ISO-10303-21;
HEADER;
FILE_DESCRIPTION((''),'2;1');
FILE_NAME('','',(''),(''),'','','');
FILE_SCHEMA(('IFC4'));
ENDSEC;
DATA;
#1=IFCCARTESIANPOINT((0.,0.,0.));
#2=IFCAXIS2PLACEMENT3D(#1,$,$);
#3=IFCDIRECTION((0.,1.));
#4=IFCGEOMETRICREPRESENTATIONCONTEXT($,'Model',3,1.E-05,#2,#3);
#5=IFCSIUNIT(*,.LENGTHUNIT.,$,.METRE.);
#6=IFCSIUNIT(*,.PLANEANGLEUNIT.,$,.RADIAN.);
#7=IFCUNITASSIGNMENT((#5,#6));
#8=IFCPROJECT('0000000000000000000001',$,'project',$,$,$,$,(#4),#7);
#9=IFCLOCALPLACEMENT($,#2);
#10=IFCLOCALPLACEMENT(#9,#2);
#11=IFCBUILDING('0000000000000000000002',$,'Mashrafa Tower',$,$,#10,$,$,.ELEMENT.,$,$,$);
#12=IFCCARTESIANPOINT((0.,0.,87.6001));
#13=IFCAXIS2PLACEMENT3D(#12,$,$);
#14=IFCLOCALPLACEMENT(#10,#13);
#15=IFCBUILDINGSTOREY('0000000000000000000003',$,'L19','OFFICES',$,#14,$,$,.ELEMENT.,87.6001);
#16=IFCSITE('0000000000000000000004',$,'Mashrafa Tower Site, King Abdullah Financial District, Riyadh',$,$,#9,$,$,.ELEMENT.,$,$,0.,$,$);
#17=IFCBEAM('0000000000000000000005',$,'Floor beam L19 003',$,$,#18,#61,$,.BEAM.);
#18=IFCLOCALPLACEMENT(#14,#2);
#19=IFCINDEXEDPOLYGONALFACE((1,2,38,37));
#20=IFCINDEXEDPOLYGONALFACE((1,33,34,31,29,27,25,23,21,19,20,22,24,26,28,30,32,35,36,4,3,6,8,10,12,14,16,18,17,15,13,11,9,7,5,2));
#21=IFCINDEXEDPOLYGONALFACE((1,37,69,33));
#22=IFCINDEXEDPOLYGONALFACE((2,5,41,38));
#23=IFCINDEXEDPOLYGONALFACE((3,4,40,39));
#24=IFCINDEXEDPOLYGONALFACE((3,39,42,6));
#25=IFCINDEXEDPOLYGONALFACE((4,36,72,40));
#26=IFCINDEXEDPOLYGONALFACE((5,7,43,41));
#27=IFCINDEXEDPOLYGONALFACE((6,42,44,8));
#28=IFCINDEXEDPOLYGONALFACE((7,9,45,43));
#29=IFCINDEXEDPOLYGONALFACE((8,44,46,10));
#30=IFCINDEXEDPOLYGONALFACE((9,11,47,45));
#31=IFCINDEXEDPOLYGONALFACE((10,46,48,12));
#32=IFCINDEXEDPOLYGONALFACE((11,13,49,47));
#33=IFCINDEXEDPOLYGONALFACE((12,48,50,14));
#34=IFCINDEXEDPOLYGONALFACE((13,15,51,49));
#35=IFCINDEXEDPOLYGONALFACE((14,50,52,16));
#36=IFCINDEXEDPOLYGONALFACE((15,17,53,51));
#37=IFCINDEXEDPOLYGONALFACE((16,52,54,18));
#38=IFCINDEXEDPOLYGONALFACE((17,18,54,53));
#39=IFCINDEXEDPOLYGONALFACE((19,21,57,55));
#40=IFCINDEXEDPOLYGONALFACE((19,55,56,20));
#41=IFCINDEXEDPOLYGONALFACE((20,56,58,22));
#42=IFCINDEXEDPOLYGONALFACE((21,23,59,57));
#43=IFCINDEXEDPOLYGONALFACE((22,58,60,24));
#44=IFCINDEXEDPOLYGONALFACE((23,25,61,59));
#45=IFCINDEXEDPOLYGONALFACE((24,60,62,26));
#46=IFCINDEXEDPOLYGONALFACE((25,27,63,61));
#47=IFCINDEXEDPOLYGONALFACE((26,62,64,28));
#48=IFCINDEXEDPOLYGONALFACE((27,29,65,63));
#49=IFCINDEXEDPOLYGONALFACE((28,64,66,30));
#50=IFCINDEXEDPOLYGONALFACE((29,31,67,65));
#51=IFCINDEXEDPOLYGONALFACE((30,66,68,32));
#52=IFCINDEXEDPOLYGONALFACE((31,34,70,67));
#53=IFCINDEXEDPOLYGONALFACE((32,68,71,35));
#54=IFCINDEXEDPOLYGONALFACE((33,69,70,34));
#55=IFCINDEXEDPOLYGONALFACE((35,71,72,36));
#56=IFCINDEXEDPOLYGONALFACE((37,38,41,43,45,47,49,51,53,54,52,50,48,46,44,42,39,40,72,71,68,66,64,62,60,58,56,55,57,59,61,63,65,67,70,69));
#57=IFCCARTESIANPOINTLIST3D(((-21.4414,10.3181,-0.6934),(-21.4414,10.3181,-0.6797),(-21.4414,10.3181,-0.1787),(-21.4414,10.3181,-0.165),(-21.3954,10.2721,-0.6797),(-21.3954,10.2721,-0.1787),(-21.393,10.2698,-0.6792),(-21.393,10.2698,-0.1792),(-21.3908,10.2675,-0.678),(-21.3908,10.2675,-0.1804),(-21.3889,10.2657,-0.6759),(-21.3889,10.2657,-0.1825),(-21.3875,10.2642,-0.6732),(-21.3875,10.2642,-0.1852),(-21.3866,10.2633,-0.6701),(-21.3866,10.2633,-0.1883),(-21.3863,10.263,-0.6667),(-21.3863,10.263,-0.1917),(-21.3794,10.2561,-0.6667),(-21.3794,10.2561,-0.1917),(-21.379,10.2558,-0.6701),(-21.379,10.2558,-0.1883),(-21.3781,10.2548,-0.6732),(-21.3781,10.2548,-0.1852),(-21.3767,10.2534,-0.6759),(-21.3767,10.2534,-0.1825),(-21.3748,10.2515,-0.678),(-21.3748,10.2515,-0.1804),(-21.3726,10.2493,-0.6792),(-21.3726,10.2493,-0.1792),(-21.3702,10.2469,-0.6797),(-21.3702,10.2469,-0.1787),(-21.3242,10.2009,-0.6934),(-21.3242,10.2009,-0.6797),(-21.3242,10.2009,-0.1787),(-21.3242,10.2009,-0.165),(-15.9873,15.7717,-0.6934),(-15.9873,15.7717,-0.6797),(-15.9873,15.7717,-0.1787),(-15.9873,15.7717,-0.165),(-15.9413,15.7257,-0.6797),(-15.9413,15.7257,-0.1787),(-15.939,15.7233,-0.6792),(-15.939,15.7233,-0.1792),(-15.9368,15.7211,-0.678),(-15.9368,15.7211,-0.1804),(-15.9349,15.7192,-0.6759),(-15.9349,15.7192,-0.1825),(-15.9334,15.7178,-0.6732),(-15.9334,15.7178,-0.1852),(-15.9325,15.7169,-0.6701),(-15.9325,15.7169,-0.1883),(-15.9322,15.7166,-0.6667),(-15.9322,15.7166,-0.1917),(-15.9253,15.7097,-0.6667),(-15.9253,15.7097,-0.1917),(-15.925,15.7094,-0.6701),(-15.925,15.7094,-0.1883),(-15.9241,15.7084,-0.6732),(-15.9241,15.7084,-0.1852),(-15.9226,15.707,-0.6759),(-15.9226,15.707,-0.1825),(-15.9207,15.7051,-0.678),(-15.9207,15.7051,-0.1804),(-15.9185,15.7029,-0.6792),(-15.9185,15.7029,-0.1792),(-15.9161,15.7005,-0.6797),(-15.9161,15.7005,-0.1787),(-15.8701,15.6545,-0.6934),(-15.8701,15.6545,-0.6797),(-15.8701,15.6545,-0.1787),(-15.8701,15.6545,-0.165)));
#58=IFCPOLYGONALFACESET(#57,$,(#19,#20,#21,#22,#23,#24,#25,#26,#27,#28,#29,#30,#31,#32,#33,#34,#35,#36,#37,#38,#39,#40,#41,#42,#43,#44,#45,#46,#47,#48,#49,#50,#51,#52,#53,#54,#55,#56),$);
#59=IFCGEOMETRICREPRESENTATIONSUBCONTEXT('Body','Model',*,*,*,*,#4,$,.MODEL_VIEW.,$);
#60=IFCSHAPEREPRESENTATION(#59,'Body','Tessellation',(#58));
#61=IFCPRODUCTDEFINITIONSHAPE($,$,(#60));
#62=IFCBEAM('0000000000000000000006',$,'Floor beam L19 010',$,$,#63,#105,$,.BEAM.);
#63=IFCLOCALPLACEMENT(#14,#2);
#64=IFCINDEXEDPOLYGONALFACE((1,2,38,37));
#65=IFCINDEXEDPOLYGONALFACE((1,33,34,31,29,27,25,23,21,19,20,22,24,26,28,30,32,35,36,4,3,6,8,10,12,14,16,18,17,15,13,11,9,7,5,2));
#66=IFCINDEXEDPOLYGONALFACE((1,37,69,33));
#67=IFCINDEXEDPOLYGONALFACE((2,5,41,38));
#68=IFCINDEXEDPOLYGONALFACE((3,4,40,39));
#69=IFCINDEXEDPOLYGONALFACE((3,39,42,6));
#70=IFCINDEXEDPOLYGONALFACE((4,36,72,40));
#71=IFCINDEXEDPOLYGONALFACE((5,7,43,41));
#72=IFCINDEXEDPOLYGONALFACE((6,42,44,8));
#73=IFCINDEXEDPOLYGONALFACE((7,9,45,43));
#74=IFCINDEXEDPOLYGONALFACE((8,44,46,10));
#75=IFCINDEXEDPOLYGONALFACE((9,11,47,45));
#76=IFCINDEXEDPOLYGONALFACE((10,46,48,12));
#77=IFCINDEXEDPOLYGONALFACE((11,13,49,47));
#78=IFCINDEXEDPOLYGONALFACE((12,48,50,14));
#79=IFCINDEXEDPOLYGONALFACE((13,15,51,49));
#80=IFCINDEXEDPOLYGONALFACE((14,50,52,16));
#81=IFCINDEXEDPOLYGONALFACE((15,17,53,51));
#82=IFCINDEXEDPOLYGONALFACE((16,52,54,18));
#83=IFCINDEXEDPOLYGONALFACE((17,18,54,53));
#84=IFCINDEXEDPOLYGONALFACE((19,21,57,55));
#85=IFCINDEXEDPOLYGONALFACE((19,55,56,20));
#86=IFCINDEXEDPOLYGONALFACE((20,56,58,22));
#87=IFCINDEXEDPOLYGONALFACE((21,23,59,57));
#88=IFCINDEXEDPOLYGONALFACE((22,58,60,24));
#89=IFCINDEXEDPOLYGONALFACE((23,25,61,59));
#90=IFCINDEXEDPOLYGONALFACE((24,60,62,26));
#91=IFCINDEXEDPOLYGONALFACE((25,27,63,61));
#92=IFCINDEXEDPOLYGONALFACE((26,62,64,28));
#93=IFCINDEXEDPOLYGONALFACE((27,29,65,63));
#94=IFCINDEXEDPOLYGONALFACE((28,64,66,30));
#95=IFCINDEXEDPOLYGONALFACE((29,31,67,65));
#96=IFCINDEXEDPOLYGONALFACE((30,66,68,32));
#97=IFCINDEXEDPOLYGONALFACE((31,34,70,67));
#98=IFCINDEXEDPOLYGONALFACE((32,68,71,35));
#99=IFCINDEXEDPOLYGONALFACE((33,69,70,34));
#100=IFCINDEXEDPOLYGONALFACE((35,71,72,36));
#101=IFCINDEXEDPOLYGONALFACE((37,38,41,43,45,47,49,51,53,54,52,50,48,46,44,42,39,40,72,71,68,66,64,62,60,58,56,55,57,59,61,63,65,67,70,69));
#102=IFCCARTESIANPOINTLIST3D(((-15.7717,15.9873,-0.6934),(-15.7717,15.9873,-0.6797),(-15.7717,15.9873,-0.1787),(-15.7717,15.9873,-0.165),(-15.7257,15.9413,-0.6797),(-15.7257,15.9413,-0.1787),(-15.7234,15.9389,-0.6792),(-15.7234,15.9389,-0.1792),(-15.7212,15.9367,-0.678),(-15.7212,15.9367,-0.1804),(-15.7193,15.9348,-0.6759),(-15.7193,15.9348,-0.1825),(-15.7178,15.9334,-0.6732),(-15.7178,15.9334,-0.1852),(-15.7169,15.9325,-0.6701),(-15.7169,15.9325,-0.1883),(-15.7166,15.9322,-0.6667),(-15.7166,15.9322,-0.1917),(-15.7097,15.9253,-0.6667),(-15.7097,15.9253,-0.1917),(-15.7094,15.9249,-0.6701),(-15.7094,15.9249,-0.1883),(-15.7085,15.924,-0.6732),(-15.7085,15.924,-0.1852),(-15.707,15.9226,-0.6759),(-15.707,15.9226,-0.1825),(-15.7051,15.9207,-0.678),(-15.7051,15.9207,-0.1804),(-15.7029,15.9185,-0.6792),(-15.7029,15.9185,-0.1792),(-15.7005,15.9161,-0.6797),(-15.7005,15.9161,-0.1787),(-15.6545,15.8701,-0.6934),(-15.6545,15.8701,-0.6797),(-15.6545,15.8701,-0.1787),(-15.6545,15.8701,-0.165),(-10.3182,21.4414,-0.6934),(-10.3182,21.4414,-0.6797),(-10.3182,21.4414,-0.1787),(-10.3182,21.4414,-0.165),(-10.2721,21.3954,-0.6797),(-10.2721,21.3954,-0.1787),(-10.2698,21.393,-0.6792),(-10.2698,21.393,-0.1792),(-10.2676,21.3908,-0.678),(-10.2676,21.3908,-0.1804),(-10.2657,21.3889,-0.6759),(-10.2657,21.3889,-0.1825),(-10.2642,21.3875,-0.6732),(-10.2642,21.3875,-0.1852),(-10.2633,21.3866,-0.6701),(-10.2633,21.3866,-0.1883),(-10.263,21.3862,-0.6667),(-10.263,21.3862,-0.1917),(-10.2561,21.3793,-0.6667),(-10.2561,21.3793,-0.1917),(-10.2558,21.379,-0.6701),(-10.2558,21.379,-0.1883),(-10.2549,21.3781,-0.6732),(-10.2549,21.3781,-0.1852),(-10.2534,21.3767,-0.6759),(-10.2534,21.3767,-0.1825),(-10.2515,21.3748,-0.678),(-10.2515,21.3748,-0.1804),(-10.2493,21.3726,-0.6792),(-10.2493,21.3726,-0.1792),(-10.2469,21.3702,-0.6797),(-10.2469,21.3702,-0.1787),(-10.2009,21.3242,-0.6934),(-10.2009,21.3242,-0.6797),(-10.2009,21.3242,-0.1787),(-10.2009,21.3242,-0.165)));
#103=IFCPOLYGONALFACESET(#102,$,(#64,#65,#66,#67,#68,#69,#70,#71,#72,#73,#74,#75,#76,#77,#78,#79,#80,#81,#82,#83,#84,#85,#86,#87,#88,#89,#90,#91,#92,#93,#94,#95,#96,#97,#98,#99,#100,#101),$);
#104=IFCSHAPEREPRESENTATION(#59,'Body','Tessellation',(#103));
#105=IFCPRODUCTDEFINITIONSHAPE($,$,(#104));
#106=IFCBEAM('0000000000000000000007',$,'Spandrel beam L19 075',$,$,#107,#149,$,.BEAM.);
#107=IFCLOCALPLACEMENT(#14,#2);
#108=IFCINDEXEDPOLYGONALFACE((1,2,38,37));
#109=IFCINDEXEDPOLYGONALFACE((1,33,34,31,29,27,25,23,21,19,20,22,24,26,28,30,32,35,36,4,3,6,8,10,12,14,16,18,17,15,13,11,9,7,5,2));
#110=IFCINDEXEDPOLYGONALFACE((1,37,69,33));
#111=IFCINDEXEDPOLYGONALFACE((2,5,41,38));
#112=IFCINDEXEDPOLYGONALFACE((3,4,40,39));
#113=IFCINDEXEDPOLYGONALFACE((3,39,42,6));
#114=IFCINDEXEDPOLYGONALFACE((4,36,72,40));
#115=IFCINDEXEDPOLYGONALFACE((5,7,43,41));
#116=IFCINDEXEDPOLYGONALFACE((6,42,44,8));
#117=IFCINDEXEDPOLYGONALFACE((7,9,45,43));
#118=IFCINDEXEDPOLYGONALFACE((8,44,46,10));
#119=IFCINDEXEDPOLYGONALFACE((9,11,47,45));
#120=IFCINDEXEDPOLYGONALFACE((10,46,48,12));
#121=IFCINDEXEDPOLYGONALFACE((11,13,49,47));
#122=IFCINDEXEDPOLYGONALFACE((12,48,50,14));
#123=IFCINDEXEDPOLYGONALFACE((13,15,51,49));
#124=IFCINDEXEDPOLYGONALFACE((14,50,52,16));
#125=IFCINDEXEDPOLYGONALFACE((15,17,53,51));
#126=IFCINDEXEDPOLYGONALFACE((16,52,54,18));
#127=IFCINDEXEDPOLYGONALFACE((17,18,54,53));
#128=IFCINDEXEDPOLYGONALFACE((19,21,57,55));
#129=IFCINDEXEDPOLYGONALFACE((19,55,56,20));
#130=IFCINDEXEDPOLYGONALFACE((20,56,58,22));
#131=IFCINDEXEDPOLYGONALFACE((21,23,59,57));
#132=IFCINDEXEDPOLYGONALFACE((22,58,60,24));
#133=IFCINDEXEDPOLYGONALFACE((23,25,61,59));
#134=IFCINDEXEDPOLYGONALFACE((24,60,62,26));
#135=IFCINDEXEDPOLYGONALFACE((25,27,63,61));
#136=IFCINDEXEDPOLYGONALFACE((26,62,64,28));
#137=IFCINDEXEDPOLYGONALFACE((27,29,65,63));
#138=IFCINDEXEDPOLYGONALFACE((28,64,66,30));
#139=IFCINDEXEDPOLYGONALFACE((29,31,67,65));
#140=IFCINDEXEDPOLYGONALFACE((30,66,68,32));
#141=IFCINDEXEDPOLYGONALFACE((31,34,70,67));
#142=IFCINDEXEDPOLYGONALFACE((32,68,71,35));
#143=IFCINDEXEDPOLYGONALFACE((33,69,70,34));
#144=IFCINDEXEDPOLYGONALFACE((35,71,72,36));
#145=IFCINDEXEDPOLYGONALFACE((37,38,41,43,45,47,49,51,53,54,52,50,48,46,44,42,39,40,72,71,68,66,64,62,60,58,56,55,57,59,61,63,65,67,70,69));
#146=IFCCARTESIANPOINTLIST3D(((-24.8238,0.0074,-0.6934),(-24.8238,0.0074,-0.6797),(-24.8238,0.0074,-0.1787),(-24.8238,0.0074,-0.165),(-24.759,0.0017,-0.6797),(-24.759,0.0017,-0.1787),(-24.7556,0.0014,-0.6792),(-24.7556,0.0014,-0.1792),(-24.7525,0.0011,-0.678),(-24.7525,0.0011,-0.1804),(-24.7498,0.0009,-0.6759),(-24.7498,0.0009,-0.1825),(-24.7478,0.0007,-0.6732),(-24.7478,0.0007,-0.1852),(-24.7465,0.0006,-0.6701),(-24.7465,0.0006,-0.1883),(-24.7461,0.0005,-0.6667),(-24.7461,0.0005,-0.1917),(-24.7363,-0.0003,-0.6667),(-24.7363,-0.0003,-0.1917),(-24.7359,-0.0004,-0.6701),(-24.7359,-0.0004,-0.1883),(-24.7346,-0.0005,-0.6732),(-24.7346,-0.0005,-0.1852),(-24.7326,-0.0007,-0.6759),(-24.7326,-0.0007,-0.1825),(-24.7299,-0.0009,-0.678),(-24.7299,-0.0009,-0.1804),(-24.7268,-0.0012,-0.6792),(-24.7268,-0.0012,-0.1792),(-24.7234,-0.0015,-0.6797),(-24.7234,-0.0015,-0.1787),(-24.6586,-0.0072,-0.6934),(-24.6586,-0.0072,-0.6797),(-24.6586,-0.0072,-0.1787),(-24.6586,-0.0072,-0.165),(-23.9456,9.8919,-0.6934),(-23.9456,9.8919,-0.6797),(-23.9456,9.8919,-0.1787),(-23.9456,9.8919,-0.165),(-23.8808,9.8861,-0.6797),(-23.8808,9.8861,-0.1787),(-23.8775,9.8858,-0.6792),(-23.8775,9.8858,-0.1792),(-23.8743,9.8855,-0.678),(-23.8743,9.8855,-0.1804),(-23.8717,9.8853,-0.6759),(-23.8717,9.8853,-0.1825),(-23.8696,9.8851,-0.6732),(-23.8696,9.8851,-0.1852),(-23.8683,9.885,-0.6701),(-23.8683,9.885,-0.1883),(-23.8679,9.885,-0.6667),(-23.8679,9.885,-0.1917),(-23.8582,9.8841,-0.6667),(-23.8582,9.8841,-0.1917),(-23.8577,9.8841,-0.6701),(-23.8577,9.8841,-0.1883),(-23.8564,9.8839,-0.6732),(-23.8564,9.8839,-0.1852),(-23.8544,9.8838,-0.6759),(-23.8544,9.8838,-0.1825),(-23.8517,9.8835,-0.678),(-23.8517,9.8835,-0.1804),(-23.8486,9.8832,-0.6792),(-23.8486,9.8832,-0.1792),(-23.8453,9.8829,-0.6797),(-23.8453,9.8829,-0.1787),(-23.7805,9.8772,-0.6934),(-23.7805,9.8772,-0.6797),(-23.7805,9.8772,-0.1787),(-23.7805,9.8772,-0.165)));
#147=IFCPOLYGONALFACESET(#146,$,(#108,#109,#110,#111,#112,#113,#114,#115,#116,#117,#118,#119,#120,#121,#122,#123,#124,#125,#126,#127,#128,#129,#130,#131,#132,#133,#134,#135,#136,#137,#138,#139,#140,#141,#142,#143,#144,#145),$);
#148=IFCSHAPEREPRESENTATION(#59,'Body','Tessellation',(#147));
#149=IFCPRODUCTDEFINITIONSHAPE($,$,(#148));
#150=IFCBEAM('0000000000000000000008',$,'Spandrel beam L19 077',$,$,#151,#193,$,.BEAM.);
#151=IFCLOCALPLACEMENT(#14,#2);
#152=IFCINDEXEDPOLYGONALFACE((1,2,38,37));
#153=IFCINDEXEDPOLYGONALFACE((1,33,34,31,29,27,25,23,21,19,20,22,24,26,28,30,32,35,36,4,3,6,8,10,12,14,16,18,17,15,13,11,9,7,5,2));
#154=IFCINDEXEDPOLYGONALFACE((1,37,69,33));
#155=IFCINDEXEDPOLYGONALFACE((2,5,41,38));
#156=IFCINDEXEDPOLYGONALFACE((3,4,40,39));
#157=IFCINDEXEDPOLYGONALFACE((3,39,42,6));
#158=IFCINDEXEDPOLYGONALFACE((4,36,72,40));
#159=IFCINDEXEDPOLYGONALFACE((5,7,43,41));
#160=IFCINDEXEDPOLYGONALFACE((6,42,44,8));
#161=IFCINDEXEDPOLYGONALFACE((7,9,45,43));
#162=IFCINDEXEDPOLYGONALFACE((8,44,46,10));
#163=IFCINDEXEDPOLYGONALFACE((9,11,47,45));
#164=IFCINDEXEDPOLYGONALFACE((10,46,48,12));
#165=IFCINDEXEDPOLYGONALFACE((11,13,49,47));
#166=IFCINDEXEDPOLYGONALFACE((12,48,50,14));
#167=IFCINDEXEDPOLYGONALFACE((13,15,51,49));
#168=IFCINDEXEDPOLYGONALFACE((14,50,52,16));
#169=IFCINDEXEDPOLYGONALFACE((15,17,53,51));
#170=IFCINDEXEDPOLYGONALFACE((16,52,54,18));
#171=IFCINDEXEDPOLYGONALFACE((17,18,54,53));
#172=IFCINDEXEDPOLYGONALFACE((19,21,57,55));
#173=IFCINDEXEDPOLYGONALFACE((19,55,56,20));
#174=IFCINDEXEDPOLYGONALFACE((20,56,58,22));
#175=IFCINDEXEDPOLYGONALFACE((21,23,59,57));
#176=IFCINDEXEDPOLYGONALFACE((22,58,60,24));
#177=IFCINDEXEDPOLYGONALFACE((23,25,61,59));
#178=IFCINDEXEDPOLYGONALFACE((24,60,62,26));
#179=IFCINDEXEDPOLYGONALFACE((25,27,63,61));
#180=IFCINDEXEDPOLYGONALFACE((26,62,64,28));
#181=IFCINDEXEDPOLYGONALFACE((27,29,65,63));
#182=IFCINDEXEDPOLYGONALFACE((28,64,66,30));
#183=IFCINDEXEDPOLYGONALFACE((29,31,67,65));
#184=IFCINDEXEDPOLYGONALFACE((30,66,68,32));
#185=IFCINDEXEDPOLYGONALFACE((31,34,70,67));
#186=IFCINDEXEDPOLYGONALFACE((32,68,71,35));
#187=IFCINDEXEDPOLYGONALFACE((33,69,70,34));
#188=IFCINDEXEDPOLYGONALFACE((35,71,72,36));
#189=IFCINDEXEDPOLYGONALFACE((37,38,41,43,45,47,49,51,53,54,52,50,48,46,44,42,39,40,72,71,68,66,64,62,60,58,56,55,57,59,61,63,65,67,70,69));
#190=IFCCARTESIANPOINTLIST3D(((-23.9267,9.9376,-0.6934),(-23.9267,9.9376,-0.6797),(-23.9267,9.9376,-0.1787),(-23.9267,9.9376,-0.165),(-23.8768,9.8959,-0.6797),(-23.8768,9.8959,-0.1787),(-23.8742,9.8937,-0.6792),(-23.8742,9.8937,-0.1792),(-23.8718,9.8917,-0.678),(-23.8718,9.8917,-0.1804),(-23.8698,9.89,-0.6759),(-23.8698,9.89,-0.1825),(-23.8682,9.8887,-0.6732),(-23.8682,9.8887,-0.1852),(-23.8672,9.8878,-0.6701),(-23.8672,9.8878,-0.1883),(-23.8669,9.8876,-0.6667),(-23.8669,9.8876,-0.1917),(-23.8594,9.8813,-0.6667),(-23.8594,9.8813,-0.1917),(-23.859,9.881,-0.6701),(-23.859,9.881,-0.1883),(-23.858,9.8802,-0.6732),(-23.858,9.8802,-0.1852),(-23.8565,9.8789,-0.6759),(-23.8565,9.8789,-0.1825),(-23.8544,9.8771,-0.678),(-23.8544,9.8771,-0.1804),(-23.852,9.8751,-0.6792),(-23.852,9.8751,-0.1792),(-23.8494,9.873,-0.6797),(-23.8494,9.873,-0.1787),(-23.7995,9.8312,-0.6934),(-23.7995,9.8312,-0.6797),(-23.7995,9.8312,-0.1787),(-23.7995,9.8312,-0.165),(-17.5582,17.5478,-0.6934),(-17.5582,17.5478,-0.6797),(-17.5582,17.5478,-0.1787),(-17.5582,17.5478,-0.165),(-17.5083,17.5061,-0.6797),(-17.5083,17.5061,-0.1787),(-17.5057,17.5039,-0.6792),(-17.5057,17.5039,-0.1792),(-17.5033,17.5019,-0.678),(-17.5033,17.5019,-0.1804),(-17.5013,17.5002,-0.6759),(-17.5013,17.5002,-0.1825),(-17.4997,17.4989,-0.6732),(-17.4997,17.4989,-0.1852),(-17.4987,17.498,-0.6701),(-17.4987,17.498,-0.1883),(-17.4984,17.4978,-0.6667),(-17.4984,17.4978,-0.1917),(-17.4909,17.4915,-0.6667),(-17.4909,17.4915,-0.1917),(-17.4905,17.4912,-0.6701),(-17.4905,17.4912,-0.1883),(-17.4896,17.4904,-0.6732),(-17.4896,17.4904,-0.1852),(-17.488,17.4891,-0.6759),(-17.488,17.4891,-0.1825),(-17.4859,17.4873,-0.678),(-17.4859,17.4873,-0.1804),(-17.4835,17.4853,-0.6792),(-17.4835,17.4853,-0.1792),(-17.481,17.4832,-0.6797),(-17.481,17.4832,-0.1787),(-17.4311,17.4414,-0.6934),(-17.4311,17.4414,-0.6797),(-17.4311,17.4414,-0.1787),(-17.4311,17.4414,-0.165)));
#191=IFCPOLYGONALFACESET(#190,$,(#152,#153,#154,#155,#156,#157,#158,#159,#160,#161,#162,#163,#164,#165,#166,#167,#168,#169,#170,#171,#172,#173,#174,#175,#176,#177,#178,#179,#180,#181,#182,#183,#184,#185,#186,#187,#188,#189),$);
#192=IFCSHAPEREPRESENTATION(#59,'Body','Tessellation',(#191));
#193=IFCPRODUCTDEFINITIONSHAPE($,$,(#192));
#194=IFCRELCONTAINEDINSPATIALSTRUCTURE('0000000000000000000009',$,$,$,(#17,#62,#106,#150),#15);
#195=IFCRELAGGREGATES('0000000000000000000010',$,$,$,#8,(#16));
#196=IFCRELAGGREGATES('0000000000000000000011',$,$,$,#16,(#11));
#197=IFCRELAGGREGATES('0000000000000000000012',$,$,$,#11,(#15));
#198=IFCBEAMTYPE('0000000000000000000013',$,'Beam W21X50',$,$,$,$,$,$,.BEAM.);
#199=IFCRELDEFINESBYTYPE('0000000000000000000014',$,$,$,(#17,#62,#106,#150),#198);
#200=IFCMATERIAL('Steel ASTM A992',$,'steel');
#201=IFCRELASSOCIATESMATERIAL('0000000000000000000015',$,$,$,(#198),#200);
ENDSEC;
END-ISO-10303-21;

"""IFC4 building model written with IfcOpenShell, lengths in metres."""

from ifc_helpers import new_model, si_unit, direction, frame, origin, origin_2d, place, context, subcontext, project, spatial, i_section, extrude, material, material_profile, profile_set, type_object, element, save


model = new_model("IFC4")

# Units and contexts
model_context = context("Model", 3, precision=1e-05, world=origin(), true_north=direction((0.0, 1.0)))
body_context = subcontext(model_context, "Body", "Model", "MODEL_VIEW")
ifc_project = project(units=[si_unit("LENGTHUNIT", "METRE"), si_unit("PLANEANGLEUNIT", "RADIAN")], contexts=[model_context])

# Site, building, storey
site_placement = place(None, origin())
site = spatial("IfcSite", under=ifc_project, at=site_placement, Name="Mashrafa Tower Site, King Abdullah Financial District, Riyadh", CompositionType="ELEMENT", RefElevation=0.0)
building_placement = place(site_placement, origin())
building = spatial("IfcBuilding", under=site, at=building_placement, Name="Mashrafa Tower", CompositionType="ELEMENT")
storey_placement = place(building_placement, frame((0.0, 0.0, 87.6001)))
storey = spatial("IfcBuildingStorey", under=building, at=storey_placement, Name="L19", Description="OFFICES", CompositionType="ELEMENT", Elevation=87.6001)

# Beams
ifc_material_1 = material(Name="Steel ASTM A992", Category="steel")
ifc_material_profile_1 = material_profile(ifc_material_1, i_section(OverallWidth=0.1658, OverallDepth=0.5283, WebThickness=0.0098, FlangeThickness=0.0137, FilletRadius=0.0129, at=origin_2d()), Name="W21X50")
ifc_profile_set_1 = profile_set([ifc_material_profile_1], Name="Steel ASTM A992")
beam_type_1 = type_object("IfcBeamType", Name="Beam W21X50", PredefinedType="BEAM", material=ifc_profile_set_1)
for number, where, z_axis, x_axis, name in (
    (1, (-21.3828, 10.2595, -0.4292), (0.707138, 0.707075, 0.0), (-0.707075, 0.707138, 0.0), "Floor beam L19 003"),
    (2, (-15.7131, 15.9287, -0.4292), (0.707075, 0.707138, 0.0), (-0.707138, 0.707075, 0.0), "Floor beam L19 010"),
):
    element("IfcBeam", number, at=place(storey_placement, frame(where, z_axis=z_axis, x_axis=x_axis)), inside=storey, type_object=beam_type_1, Name=name, PredefinedType="BEAM", context=body_context, shape_type="SweptSolid", body=[
        extrude(i_section(OverallWidth=0.1658, OverallDepth=0.5283, WebThickness=0.0098, FlangeThickness=0.0137, FilletRadius=0.0129, at=origin_2d()), origin(), (0.0, 0.0, 1.0), 7.7129),
    ])
for number, where, z_axis, x_axis, name in (
    (3, (-23.863, 9.8845, -0.4292), (-0.088495, -0.996077, 0.0), (0.996077, -0.088495, 0.0), "Spandrel beam L19 075"),
    (4, (-17.4946, 17.4946, -0.4292), (-0.641768, -0.766899, 0.0), (0.766899, -0.641768, 0.0), "Spandrel beam L19 077"),
):
    element("IfcBeam", number, at=place(storey_placement, frame(where, z_axis=z_axis, x_axis=x_axis)), inside=storey, type_object=beam_type_1, Name=name, PredefinedType="BEAM", context=body_context, shape_type="SweptSolid", body=[
        extrude(i_section(OverallWidth=0.1658, OverallDepth=0.5283, WebThickness=0.0098, FlangeThickness=0.0137, FilletRadius=0.0129, at=origin_2d()), origin(), (0.0, 0.0, 1.0), 9.9233),
    ])

save(model, "model.ifc")
